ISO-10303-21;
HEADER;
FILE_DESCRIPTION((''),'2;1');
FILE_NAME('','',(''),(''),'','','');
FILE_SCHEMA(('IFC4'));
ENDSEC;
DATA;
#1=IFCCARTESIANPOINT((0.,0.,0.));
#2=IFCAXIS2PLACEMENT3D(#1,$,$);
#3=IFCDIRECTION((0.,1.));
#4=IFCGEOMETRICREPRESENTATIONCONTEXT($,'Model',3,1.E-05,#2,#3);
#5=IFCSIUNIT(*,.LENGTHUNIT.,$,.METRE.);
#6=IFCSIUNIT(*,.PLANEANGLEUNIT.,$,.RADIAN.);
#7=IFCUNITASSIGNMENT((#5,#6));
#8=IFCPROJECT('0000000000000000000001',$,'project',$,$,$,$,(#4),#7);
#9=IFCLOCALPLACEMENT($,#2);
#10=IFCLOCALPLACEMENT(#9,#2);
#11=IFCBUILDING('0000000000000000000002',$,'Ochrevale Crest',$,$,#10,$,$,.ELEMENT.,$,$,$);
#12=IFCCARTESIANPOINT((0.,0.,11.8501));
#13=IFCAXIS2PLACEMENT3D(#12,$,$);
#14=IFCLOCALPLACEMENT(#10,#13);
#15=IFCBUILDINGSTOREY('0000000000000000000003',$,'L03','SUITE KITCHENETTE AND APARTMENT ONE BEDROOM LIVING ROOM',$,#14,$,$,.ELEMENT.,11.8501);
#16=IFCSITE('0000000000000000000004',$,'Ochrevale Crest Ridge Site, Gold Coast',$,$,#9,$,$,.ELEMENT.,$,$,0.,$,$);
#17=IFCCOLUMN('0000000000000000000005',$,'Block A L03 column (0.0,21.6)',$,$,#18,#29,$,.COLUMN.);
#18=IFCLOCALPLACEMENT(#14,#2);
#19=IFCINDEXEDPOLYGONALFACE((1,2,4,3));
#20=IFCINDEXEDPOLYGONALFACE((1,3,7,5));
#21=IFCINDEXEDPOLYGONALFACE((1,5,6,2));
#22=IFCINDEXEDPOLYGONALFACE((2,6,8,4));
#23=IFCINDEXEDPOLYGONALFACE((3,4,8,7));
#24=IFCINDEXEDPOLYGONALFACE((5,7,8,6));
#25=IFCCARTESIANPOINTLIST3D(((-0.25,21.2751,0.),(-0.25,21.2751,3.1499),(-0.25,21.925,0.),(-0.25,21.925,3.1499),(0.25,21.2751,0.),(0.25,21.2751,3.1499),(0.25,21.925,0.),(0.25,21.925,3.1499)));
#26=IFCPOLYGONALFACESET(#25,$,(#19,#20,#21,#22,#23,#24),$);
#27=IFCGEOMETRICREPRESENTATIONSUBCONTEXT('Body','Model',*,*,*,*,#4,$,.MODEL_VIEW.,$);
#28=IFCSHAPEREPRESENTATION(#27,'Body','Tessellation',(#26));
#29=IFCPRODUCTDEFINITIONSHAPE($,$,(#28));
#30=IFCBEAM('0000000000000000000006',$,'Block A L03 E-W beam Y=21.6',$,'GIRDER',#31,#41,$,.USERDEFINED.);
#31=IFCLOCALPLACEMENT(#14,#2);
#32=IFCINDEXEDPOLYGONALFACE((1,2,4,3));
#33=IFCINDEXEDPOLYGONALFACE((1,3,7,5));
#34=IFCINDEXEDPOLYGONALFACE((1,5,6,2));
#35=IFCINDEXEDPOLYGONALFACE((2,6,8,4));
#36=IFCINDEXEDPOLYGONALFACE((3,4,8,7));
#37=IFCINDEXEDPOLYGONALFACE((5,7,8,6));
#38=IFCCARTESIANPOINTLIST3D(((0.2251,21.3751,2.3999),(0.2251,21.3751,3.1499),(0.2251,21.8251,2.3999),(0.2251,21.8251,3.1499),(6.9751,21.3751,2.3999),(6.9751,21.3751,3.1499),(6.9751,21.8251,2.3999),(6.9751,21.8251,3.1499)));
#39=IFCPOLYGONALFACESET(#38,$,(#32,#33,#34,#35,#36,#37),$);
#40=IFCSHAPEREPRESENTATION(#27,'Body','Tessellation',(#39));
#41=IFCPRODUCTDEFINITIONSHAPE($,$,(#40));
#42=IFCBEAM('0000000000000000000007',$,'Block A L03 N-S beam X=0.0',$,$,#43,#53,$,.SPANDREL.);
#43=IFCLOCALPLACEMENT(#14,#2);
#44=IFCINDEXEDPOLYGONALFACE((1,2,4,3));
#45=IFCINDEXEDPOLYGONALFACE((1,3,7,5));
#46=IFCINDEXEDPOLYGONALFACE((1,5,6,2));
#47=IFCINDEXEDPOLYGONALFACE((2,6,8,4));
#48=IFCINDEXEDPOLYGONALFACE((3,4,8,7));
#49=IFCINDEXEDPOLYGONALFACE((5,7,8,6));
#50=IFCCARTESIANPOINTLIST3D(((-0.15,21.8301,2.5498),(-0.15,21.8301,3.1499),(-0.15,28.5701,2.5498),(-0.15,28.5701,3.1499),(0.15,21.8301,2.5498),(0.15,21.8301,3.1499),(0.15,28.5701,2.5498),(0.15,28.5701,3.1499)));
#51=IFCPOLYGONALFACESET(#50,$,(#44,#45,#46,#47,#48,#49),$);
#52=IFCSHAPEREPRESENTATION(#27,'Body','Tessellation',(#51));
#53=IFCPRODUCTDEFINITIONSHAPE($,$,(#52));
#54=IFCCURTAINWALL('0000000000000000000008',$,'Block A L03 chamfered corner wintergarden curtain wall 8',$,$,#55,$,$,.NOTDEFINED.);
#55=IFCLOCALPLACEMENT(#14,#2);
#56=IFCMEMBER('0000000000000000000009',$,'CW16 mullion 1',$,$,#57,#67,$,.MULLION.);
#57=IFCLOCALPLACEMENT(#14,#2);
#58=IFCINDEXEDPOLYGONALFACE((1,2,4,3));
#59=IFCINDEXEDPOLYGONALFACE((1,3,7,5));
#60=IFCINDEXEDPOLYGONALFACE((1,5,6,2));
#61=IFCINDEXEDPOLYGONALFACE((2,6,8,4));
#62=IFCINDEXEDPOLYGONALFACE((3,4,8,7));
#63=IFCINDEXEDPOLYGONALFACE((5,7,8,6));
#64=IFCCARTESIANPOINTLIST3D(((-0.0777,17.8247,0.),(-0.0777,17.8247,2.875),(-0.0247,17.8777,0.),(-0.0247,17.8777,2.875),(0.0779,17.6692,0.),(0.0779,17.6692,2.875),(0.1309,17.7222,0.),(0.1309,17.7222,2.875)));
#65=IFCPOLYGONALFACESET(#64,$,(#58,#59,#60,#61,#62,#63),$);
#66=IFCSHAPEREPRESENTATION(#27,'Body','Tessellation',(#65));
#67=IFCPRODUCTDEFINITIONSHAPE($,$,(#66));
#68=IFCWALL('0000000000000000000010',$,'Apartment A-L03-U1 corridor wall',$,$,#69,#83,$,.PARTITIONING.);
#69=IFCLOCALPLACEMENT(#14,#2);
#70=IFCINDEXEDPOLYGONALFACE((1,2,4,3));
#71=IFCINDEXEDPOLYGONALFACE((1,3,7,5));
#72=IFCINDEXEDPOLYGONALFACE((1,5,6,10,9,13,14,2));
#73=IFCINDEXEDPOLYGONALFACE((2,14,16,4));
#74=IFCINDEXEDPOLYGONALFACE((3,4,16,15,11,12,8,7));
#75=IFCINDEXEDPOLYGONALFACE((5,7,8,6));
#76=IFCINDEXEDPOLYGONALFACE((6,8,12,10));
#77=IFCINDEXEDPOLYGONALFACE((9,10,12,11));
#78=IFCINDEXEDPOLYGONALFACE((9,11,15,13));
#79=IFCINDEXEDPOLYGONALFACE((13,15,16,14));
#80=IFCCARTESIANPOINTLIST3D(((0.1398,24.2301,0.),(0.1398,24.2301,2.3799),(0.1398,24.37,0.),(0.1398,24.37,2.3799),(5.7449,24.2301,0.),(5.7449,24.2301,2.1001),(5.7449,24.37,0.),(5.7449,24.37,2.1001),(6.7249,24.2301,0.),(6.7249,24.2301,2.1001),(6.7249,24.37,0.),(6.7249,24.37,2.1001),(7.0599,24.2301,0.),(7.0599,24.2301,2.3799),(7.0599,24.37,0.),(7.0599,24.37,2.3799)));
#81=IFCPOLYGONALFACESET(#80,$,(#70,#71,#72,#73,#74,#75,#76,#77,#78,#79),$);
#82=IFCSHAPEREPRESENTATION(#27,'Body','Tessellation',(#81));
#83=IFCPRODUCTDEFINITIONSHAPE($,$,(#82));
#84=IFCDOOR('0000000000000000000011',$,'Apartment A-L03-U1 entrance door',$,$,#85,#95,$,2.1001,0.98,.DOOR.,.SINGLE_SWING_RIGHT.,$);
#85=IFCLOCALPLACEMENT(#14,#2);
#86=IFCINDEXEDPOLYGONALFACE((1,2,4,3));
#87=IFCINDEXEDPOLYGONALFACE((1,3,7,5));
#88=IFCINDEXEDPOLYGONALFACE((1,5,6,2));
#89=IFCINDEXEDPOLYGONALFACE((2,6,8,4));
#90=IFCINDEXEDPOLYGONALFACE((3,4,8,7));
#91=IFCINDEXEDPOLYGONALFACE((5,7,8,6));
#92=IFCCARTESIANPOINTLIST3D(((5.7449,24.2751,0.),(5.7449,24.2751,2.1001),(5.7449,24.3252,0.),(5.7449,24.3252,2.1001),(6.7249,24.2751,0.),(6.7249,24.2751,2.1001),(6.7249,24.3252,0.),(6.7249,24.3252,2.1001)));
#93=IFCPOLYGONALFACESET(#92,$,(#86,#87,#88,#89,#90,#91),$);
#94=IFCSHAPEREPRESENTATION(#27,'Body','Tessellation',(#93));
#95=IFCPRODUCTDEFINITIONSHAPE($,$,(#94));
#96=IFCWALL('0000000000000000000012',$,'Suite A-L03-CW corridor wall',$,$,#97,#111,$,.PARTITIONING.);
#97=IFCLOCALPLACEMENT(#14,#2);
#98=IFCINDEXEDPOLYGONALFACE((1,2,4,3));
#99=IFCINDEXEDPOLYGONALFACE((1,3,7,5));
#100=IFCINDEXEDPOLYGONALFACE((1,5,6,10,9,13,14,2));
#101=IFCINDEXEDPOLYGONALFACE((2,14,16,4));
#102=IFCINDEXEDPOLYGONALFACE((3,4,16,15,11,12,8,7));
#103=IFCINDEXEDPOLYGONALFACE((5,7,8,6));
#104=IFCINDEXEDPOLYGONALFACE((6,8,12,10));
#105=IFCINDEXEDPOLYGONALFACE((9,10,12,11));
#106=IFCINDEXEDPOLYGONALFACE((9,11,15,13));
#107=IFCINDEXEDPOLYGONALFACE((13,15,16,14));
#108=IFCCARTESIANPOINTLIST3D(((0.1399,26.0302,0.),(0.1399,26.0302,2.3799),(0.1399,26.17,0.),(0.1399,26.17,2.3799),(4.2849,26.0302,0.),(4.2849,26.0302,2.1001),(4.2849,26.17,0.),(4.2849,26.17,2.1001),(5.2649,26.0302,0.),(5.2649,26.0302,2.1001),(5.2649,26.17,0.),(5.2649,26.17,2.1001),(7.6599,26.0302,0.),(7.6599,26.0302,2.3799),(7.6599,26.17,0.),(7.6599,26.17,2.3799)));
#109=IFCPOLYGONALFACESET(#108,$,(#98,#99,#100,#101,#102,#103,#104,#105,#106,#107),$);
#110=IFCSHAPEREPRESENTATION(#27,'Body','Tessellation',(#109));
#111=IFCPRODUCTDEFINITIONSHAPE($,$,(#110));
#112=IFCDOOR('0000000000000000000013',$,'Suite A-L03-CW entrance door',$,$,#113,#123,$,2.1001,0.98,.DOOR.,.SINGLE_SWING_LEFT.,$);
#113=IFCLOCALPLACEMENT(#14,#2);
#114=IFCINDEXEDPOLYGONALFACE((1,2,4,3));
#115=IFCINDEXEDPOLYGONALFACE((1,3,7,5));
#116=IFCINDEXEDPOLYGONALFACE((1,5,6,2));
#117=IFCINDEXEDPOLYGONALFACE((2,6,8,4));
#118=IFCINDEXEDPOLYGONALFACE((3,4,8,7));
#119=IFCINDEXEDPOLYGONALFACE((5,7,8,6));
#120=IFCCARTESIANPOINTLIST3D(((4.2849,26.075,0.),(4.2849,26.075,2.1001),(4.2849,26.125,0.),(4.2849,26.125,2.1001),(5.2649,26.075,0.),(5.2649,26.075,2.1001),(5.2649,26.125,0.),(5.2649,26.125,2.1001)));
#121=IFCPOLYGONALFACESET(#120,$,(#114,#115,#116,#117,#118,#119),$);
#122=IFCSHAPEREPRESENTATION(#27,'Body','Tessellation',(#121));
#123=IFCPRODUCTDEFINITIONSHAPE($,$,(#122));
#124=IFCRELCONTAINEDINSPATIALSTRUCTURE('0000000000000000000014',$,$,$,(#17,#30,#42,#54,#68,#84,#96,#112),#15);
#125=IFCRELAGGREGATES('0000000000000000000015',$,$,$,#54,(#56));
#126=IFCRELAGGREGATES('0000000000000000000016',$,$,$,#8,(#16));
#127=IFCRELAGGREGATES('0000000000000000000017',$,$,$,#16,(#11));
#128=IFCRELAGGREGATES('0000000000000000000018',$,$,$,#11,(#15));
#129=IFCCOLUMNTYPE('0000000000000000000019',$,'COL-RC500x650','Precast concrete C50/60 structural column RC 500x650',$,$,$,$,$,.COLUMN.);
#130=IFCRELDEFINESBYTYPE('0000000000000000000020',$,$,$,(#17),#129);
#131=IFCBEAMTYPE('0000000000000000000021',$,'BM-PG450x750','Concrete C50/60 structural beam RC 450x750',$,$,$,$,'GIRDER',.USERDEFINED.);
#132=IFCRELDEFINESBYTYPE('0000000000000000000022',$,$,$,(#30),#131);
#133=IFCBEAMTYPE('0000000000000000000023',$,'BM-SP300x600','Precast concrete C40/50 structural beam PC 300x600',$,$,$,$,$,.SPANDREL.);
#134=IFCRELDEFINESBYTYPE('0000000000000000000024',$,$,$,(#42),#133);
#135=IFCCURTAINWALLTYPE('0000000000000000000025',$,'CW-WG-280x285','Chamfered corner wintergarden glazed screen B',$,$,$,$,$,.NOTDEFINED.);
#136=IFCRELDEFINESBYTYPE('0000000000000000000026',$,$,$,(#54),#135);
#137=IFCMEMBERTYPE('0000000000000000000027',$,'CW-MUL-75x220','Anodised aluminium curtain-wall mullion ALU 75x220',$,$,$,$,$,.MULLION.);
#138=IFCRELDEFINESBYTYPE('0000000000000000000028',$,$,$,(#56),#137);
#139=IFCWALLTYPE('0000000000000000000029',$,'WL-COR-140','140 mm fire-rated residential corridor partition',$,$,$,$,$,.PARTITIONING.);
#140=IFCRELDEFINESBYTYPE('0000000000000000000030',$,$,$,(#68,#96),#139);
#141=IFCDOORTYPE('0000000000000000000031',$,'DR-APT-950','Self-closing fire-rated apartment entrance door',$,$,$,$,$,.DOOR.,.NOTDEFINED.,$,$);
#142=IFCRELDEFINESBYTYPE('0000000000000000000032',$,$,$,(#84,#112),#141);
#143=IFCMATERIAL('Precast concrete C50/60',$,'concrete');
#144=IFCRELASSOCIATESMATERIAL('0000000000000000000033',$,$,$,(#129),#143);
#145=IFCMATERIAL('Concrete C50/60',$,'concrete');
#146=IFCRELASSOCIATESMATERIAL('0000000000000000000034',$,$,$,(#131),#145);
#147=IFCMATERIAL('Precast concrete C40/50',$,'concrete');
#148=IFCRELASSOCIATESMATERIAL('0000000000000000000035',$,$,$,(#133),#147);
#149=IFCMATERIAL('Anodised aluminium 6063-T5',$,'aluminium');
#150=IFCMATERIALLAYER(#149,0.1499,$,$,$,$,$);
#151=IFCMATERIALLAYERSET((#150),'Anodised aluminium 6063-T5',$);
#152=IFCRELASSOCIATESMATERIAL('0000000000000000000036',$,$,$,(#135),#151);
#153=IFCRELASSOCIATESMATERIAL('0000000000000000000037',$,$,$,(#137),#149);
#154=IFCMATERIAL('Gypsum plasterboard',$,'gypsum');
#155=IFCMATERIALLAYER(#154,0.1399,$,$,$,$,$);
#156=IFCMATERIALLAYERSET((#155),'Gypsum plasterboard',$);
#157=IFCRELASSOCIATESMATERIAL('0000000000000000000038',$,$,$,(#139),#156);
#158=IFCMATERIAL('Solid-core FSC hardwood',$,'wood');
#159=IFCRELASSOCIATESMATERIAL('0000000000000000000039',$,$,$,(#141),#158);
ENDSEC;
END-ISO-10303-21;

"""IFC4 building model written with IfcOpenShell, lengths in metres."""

from ifc_helpers import new_model, si_unit, direction, frame, frame_2d, origin, origin_2d, place, context, subcontext, project, spatial, rectangle, extrude, material, layer, layer_set, material_profile, profile_set, type_object, element, fill, aggregate, save


model = new_model("IFC4")

# Units and contexts
model_context = context("Model", 3, precision=1e-05, world=origin(), true_north=direction((0.0, 1.0)))
body_context = subcontext(model_context, "Body", "Model", "MODEL_VIEW")
ifc_project = project(units=[si_unit("LENGTHUNIT", "METRE"), si_unit("PLANEANGLEUNIT", "RADIAN")], contexts=[model_context])

# Site, building, storey
site_placement = place(None, origin())
site = spatial("IfcSite", under=ifc_project, at=site_placement, Name="Ochrevale Crest Ridge Site, Gold Coast", CompositionType="ELEMENT", RefElevation=0.0)
building_placement = place(site_placement, origin())
building = spatial("IfcBuilding", under=site, at=building_placement, Name="Ochrevale Crest", CompositionType="ELEMENT")
storey_placement = place(building_placement, frame((0.0, 0.0, 11.8501)))
storey = spatial("IfcBuildingStorey", under=building, at=storey_placement, Name="L03", Description="SUITE KITCHENETTE AND APARTMENT ONE BEDROOM LIVING ROOM", CompositionType="ELEMENT", Elevation=11.8501)

# Column
ifc_material_1 = material(Name="Precast concrete C50/60", Category="concrete")
ifc_material_profile_1 = material_profile(ifc_material_1, rectangle(XDim=0.5, YDim=0.6499, at=origin_2d()), Name="RC 500x650")
ifc_profile_set_1 = profile_set([ifc_material_profile_1], Name="Precast concrete C50/60")
column_type = type_object("IfcColumnType", Name="COL-RC500x650", Description="Precast concrete C50/60 structural column RC 500x650", PredefinedType="COLUMN", material=ifc_profile_set_1)
column_placement = place(storey_placement, frame((0.0, 21.6001, 0.0), z_axis=(0.0, 0.0, 1.0), x_axis=(1.0, 0.0, 0.0)))
element("IfcColumn", 1, at=column_placement, inside=storey, type_object=column_type, Name="Block A L03 column (0.0,21.6)", PredefinedType="COLUMN", context=body_context, shape_type="SweptSolid", body=[
    extrude(rectangle(XDim=0.5, YDim=0.6499, at=origin_2d()), origin(), (0.0, 0.0, 1.0), 3.1499),
])

# Beams
ifc_material_2 = material(Name="Concrete C50/60", Category="concrete")
ifc_material_profile_2 = material_profile(ifc_material_2, rectangle(XDim=0.45, YDim=0.75, at=origin_2d()), Name="RC 450x750")
ifc_profile_set_2 = profile_set([ifc_material_profile_2], Name="Concrete C50/60")
beam_type_1 = type_object("IfcBeamType", Name="BM-PG450x750", Description="Concrete C50/60 structural beam RC 450x750", ElementType="GIRDER", PredefinedType="USERDEFINED", material=ifc_profile_set_2)
beam_1_placement = place(storey_placement, frame((0.2251, 21.6001, 2.7749), z_axis=(1.0, 0.0, 0.0), x_axis=(0.0, 1.0, 0.0)))
element("IfcBeam", 2, at=beam_1_placement, inside=storey, type_object=beam_type_1, Name="Block A L03 E-W beam Y=21.6", ObjectType="GIRDER", PredefinedType="USERDEFINED", context=body_context, shape_type="SweptSolid", body=[
    extrude(rectangle(XDim=0.45, YDim=0.75, at=origin_2d()), origin(), (0.0, 0.0, 1.0), 6.75),
])
ifc_material_3 = material(Name="Precast concrete C40/50", Category="concrete")
ifc_material_profile_3 = material_profile(ifc_material_3, rectangle(XDim=0.3, YDim=0.6001, at=origin_2d()), Name="PC 300x600")
ifc_profile_set_3 = profile_set([ifc_material_profile_3], Name="Precast concrete C40/50")
beam_type_2 = type_object("IfcBeamType", Name="BM-SP300x600", Description="Precast concrete C40/50 structural beam PC 300x600", PredefinedType="SPANDREL", material=ifc_profile_set_3)
beam_2_placement = place(storey_placement, frame((0.0, 21.8301, 2.8499), z_axis=(0.0, 1.0, 0.0), x_axis=(-1.0, 0.0, 0.0)))
element("IfcBeam", 3, at=beam_2_placement, inside=storey, type_object=beam_type_2, Name="Block A L03 N-S beam X=0.0", PredefinedType="SPANDREL", context=body_context, shape_type="SweptSolid", body=[
    extrude(rectangle(XDim=0.3, YDim=0.6001, at=origin_2d()), origin(), (0.0, 0.0, 1.0), 6.74),
])

# Curtain wall, member
ifc_material_4 = material(Name="Anodised aluminium 6063-T5", Category="aluminium")
ifc_layer_1 = layer(ifc_material_4, 0.1499)
ifc_layer_set_1 = layer_set([ifc_layer_1], Name="Anodised aluminium 6063-T5")
curtain_wall_type = type_object("IfcCurtainWallType", Name="CW-WG-280x285", Description="Chamfered corner wintergarden glazed screen B", PredefinedType="NOTDEFINED", material=ifc_layer_set_1)
curtain_wall_placement = place(storey_placement, origin())
curtain_wall = element("IfcCurtainWall", 4, at=curtain_wall_placement, inside=storey, type_object=curtain_wall_type, Name="Block A L03 chamfered corner wintergarden curtain wall 8", PredefinedType="NOTDEFINED")
ifc_material_profile_4 = material_profile(ifc_material_4, rectangle(XDim=0.075, YDim=0.22, at=origin_2d()), Name="ALU 75x220")
ifc_profile_set_4 = profile_set([ifc_material_profile_4], Name="Anodised aluminium 6063-T5")
member_type = type_object("IfcMemberType", Name="CW-MUL-75x220", Description="Anodised aluminium curtain-wall mullion ALU 75x220", PredefinedType="MULLION", material=ifc_profile_set_4)
member_placement = place(storey_placement, frame((0.0266, 17.7734, 0.0), z_axis=(0.0, 0.0, 1.0), x_axis=(0.707107, 0.707107, 0.0)))
member = element("IfcMember", 5, at=member_placement, type_object=member_type, Name="CW16 mullion 1", PredefinedType="MULLION", context=body_context, shape_type="SweptSolid", body=[
    extrude(rectangle(XDim=0.075, YDim=0.22, at=origin_2d()), origin(), (0.0, 0.0, 1.0), 2.875),
])
aggregate(curtain_wall, [member])

# Walls, openings, doors
ifc_material_5 = material(Name="Gypsum plasterboard", Category="gypsum")
ifc_layer_2 = layer(ifc_material_5, 0.1399)
ifc_layer_set_2 = layer_set([ifc_layer_2], Name="Gypsum plasterboard")
wall_type_1 = type_object("IfcWallType", Name="WL-COR-140", Description="140 mm fire-rated residential corridor partition", PredefinedType="PARTITIONING", material=ifc_layer_set_2)
wall_1_placement = place(storey_placement, frame((0.1399, 24.3, 0.0), z_axis=(0.0, 0.0, 1.0), x_axis=(1.0, 0.0, 0.0)))
wall_1 = element("IfcWall", 6, at=wall_1_placement, inside=storey, type_object=wall_type_1, Name="Apartment A-L03-U1 corridor wall", PredefinedType="PARTITIONING", context=body_context, shape_type="SweptSolid", body=[
    extrude(rectangle(XDim=6.9202, YDim=0.1399, at=frame_2d((3.46, 0.0))), origin(), (0.0, 0.0, 1.0), 2.3799),
])
opening_1_placement = place(wall_1_placement, frame((6.585, 0.0, 0.0), z_axis=(0.0, 0.0, 1.0), x_axis=(-1.0, 0.0, 0.0)))
opening_1 = element("IfcOpeningElement", 7, at=opening_1_placement, cuts=wall_1, PredefinedType="OPENING", context=body_context, shape_type="SweptSolid", body=[
    extrude(rectangle(XDim=0.98, YDim=2.1001, at=frame_2d((0.49, 1.05))), frame((0.0, 0.0801, 0.0), z_axis=(0.0, -1.0, 0.0), x_axis=(1.0, 0.0, 0.0)), (0.0, 0.0, 1.0), 0.1599),
])
ifc_material_6 = material(Name="Solid-core FSC hardwood", Category="wood")
door_type_1 = type_object("IfcDoorType", Name="DR-APT-950", Description="Self-closing fire-rated apartment entrance door", OperationType="NOTDEFINED", PredefinedType="DOOR", material=ifc_material_6)
door_1_placement = place(opening_1_placement, origin())
door_1 = element("IfcDoor", 8, at=door_1_placement, inside=storey, type_object=door_type_1, Name="Apartment A-L03-U1 entrance door", OperationType="SINGLE_SWING_RIGHT", OverallHeight=2.1001, OverallWidth=0.98, PredefinedType="DOOR", context=body_context, shape_type="SweptSolid", body=[
    extrude(rectangle(XDim=0.98, YDim=2.1001, at=frame_2d((0.49, 1.05))), frame((0.0, 0.0249, 0.0), z_axis=(0.0, -1.0, 0.0), x_axis=(1.0, 0.0, 0.0)), (0.0, 0.0, 1.0), 0.05),
])
fill(opening_1, door_1)
wall_2_placement = place(storey_placement, frame((0.1399, 26.1001, 0.0), z_axis=(0.0, 0.0, 1.0), x_axis=(1.0, 0.0, 0.0)))
wall_2 = element("IfcWall", 9, at=wall_2_placement, inside=storey, type_object=wall_type_1, Name="Suite A-L03-CW corridor wall", PredefinedType="PARTITIONING", context=body_context, shape_type="SweptSolid", body=[
    extrude(rectangle(XDim=7.52, YDim=0.1399, at=frame_2d((3.76, 0.0))), origin(), (0.0, 0.0, 1.0), 2.3799),
])
opening_2_placement = place(wall_2_placement, frame((4.145, 0.0, 0.0)))
opening_2 = element("IfcOpeningElement", 10, at=opening_2_placement, cuts=wall_2, PredefinedType="OPENING", context=body_context, shape_type="SweptSolid", body=[
    extrude(rectangle(XDim=0.98, YDim=2.1001, at=frame_2d((0.49, 1.05))), frame((0.0, 0.0801, 0.0), z_axis=(0.0, -1.0, 0.0), x_axis=(1.0, 0.0, 0.0)), (0.0, 0.0, 1.0), 0.1599),
])
door_2_placement = place(opening_2_placement, origin())
door_2 = element("IfcDoor", 11, at=door_2_placement, inside=storey, type_object=door_type_1, Name="Suite A-L03-CW entrance door", OperationType="SINGLE_SWING_LEFT", OverallHeight=2.1001, OverallWidth=0.98, PredefinedType="DOOR", context=body_context, shape_type="SweptSolid", body=[
    extrude(rectangle(XDim=0.98, YDim=2.1001, at=frame_2d((0.49, 1.05))), frame((0.0, 0.0249, 0.0), z_axis=(0.0, -1.0, 0.0), x_axis=(1.0, 0.0, 0.0)), (0.0, 0.0, 1.0), 0.05),
])
fill(opening_2, door_2)

save(model, "model.ifc")
